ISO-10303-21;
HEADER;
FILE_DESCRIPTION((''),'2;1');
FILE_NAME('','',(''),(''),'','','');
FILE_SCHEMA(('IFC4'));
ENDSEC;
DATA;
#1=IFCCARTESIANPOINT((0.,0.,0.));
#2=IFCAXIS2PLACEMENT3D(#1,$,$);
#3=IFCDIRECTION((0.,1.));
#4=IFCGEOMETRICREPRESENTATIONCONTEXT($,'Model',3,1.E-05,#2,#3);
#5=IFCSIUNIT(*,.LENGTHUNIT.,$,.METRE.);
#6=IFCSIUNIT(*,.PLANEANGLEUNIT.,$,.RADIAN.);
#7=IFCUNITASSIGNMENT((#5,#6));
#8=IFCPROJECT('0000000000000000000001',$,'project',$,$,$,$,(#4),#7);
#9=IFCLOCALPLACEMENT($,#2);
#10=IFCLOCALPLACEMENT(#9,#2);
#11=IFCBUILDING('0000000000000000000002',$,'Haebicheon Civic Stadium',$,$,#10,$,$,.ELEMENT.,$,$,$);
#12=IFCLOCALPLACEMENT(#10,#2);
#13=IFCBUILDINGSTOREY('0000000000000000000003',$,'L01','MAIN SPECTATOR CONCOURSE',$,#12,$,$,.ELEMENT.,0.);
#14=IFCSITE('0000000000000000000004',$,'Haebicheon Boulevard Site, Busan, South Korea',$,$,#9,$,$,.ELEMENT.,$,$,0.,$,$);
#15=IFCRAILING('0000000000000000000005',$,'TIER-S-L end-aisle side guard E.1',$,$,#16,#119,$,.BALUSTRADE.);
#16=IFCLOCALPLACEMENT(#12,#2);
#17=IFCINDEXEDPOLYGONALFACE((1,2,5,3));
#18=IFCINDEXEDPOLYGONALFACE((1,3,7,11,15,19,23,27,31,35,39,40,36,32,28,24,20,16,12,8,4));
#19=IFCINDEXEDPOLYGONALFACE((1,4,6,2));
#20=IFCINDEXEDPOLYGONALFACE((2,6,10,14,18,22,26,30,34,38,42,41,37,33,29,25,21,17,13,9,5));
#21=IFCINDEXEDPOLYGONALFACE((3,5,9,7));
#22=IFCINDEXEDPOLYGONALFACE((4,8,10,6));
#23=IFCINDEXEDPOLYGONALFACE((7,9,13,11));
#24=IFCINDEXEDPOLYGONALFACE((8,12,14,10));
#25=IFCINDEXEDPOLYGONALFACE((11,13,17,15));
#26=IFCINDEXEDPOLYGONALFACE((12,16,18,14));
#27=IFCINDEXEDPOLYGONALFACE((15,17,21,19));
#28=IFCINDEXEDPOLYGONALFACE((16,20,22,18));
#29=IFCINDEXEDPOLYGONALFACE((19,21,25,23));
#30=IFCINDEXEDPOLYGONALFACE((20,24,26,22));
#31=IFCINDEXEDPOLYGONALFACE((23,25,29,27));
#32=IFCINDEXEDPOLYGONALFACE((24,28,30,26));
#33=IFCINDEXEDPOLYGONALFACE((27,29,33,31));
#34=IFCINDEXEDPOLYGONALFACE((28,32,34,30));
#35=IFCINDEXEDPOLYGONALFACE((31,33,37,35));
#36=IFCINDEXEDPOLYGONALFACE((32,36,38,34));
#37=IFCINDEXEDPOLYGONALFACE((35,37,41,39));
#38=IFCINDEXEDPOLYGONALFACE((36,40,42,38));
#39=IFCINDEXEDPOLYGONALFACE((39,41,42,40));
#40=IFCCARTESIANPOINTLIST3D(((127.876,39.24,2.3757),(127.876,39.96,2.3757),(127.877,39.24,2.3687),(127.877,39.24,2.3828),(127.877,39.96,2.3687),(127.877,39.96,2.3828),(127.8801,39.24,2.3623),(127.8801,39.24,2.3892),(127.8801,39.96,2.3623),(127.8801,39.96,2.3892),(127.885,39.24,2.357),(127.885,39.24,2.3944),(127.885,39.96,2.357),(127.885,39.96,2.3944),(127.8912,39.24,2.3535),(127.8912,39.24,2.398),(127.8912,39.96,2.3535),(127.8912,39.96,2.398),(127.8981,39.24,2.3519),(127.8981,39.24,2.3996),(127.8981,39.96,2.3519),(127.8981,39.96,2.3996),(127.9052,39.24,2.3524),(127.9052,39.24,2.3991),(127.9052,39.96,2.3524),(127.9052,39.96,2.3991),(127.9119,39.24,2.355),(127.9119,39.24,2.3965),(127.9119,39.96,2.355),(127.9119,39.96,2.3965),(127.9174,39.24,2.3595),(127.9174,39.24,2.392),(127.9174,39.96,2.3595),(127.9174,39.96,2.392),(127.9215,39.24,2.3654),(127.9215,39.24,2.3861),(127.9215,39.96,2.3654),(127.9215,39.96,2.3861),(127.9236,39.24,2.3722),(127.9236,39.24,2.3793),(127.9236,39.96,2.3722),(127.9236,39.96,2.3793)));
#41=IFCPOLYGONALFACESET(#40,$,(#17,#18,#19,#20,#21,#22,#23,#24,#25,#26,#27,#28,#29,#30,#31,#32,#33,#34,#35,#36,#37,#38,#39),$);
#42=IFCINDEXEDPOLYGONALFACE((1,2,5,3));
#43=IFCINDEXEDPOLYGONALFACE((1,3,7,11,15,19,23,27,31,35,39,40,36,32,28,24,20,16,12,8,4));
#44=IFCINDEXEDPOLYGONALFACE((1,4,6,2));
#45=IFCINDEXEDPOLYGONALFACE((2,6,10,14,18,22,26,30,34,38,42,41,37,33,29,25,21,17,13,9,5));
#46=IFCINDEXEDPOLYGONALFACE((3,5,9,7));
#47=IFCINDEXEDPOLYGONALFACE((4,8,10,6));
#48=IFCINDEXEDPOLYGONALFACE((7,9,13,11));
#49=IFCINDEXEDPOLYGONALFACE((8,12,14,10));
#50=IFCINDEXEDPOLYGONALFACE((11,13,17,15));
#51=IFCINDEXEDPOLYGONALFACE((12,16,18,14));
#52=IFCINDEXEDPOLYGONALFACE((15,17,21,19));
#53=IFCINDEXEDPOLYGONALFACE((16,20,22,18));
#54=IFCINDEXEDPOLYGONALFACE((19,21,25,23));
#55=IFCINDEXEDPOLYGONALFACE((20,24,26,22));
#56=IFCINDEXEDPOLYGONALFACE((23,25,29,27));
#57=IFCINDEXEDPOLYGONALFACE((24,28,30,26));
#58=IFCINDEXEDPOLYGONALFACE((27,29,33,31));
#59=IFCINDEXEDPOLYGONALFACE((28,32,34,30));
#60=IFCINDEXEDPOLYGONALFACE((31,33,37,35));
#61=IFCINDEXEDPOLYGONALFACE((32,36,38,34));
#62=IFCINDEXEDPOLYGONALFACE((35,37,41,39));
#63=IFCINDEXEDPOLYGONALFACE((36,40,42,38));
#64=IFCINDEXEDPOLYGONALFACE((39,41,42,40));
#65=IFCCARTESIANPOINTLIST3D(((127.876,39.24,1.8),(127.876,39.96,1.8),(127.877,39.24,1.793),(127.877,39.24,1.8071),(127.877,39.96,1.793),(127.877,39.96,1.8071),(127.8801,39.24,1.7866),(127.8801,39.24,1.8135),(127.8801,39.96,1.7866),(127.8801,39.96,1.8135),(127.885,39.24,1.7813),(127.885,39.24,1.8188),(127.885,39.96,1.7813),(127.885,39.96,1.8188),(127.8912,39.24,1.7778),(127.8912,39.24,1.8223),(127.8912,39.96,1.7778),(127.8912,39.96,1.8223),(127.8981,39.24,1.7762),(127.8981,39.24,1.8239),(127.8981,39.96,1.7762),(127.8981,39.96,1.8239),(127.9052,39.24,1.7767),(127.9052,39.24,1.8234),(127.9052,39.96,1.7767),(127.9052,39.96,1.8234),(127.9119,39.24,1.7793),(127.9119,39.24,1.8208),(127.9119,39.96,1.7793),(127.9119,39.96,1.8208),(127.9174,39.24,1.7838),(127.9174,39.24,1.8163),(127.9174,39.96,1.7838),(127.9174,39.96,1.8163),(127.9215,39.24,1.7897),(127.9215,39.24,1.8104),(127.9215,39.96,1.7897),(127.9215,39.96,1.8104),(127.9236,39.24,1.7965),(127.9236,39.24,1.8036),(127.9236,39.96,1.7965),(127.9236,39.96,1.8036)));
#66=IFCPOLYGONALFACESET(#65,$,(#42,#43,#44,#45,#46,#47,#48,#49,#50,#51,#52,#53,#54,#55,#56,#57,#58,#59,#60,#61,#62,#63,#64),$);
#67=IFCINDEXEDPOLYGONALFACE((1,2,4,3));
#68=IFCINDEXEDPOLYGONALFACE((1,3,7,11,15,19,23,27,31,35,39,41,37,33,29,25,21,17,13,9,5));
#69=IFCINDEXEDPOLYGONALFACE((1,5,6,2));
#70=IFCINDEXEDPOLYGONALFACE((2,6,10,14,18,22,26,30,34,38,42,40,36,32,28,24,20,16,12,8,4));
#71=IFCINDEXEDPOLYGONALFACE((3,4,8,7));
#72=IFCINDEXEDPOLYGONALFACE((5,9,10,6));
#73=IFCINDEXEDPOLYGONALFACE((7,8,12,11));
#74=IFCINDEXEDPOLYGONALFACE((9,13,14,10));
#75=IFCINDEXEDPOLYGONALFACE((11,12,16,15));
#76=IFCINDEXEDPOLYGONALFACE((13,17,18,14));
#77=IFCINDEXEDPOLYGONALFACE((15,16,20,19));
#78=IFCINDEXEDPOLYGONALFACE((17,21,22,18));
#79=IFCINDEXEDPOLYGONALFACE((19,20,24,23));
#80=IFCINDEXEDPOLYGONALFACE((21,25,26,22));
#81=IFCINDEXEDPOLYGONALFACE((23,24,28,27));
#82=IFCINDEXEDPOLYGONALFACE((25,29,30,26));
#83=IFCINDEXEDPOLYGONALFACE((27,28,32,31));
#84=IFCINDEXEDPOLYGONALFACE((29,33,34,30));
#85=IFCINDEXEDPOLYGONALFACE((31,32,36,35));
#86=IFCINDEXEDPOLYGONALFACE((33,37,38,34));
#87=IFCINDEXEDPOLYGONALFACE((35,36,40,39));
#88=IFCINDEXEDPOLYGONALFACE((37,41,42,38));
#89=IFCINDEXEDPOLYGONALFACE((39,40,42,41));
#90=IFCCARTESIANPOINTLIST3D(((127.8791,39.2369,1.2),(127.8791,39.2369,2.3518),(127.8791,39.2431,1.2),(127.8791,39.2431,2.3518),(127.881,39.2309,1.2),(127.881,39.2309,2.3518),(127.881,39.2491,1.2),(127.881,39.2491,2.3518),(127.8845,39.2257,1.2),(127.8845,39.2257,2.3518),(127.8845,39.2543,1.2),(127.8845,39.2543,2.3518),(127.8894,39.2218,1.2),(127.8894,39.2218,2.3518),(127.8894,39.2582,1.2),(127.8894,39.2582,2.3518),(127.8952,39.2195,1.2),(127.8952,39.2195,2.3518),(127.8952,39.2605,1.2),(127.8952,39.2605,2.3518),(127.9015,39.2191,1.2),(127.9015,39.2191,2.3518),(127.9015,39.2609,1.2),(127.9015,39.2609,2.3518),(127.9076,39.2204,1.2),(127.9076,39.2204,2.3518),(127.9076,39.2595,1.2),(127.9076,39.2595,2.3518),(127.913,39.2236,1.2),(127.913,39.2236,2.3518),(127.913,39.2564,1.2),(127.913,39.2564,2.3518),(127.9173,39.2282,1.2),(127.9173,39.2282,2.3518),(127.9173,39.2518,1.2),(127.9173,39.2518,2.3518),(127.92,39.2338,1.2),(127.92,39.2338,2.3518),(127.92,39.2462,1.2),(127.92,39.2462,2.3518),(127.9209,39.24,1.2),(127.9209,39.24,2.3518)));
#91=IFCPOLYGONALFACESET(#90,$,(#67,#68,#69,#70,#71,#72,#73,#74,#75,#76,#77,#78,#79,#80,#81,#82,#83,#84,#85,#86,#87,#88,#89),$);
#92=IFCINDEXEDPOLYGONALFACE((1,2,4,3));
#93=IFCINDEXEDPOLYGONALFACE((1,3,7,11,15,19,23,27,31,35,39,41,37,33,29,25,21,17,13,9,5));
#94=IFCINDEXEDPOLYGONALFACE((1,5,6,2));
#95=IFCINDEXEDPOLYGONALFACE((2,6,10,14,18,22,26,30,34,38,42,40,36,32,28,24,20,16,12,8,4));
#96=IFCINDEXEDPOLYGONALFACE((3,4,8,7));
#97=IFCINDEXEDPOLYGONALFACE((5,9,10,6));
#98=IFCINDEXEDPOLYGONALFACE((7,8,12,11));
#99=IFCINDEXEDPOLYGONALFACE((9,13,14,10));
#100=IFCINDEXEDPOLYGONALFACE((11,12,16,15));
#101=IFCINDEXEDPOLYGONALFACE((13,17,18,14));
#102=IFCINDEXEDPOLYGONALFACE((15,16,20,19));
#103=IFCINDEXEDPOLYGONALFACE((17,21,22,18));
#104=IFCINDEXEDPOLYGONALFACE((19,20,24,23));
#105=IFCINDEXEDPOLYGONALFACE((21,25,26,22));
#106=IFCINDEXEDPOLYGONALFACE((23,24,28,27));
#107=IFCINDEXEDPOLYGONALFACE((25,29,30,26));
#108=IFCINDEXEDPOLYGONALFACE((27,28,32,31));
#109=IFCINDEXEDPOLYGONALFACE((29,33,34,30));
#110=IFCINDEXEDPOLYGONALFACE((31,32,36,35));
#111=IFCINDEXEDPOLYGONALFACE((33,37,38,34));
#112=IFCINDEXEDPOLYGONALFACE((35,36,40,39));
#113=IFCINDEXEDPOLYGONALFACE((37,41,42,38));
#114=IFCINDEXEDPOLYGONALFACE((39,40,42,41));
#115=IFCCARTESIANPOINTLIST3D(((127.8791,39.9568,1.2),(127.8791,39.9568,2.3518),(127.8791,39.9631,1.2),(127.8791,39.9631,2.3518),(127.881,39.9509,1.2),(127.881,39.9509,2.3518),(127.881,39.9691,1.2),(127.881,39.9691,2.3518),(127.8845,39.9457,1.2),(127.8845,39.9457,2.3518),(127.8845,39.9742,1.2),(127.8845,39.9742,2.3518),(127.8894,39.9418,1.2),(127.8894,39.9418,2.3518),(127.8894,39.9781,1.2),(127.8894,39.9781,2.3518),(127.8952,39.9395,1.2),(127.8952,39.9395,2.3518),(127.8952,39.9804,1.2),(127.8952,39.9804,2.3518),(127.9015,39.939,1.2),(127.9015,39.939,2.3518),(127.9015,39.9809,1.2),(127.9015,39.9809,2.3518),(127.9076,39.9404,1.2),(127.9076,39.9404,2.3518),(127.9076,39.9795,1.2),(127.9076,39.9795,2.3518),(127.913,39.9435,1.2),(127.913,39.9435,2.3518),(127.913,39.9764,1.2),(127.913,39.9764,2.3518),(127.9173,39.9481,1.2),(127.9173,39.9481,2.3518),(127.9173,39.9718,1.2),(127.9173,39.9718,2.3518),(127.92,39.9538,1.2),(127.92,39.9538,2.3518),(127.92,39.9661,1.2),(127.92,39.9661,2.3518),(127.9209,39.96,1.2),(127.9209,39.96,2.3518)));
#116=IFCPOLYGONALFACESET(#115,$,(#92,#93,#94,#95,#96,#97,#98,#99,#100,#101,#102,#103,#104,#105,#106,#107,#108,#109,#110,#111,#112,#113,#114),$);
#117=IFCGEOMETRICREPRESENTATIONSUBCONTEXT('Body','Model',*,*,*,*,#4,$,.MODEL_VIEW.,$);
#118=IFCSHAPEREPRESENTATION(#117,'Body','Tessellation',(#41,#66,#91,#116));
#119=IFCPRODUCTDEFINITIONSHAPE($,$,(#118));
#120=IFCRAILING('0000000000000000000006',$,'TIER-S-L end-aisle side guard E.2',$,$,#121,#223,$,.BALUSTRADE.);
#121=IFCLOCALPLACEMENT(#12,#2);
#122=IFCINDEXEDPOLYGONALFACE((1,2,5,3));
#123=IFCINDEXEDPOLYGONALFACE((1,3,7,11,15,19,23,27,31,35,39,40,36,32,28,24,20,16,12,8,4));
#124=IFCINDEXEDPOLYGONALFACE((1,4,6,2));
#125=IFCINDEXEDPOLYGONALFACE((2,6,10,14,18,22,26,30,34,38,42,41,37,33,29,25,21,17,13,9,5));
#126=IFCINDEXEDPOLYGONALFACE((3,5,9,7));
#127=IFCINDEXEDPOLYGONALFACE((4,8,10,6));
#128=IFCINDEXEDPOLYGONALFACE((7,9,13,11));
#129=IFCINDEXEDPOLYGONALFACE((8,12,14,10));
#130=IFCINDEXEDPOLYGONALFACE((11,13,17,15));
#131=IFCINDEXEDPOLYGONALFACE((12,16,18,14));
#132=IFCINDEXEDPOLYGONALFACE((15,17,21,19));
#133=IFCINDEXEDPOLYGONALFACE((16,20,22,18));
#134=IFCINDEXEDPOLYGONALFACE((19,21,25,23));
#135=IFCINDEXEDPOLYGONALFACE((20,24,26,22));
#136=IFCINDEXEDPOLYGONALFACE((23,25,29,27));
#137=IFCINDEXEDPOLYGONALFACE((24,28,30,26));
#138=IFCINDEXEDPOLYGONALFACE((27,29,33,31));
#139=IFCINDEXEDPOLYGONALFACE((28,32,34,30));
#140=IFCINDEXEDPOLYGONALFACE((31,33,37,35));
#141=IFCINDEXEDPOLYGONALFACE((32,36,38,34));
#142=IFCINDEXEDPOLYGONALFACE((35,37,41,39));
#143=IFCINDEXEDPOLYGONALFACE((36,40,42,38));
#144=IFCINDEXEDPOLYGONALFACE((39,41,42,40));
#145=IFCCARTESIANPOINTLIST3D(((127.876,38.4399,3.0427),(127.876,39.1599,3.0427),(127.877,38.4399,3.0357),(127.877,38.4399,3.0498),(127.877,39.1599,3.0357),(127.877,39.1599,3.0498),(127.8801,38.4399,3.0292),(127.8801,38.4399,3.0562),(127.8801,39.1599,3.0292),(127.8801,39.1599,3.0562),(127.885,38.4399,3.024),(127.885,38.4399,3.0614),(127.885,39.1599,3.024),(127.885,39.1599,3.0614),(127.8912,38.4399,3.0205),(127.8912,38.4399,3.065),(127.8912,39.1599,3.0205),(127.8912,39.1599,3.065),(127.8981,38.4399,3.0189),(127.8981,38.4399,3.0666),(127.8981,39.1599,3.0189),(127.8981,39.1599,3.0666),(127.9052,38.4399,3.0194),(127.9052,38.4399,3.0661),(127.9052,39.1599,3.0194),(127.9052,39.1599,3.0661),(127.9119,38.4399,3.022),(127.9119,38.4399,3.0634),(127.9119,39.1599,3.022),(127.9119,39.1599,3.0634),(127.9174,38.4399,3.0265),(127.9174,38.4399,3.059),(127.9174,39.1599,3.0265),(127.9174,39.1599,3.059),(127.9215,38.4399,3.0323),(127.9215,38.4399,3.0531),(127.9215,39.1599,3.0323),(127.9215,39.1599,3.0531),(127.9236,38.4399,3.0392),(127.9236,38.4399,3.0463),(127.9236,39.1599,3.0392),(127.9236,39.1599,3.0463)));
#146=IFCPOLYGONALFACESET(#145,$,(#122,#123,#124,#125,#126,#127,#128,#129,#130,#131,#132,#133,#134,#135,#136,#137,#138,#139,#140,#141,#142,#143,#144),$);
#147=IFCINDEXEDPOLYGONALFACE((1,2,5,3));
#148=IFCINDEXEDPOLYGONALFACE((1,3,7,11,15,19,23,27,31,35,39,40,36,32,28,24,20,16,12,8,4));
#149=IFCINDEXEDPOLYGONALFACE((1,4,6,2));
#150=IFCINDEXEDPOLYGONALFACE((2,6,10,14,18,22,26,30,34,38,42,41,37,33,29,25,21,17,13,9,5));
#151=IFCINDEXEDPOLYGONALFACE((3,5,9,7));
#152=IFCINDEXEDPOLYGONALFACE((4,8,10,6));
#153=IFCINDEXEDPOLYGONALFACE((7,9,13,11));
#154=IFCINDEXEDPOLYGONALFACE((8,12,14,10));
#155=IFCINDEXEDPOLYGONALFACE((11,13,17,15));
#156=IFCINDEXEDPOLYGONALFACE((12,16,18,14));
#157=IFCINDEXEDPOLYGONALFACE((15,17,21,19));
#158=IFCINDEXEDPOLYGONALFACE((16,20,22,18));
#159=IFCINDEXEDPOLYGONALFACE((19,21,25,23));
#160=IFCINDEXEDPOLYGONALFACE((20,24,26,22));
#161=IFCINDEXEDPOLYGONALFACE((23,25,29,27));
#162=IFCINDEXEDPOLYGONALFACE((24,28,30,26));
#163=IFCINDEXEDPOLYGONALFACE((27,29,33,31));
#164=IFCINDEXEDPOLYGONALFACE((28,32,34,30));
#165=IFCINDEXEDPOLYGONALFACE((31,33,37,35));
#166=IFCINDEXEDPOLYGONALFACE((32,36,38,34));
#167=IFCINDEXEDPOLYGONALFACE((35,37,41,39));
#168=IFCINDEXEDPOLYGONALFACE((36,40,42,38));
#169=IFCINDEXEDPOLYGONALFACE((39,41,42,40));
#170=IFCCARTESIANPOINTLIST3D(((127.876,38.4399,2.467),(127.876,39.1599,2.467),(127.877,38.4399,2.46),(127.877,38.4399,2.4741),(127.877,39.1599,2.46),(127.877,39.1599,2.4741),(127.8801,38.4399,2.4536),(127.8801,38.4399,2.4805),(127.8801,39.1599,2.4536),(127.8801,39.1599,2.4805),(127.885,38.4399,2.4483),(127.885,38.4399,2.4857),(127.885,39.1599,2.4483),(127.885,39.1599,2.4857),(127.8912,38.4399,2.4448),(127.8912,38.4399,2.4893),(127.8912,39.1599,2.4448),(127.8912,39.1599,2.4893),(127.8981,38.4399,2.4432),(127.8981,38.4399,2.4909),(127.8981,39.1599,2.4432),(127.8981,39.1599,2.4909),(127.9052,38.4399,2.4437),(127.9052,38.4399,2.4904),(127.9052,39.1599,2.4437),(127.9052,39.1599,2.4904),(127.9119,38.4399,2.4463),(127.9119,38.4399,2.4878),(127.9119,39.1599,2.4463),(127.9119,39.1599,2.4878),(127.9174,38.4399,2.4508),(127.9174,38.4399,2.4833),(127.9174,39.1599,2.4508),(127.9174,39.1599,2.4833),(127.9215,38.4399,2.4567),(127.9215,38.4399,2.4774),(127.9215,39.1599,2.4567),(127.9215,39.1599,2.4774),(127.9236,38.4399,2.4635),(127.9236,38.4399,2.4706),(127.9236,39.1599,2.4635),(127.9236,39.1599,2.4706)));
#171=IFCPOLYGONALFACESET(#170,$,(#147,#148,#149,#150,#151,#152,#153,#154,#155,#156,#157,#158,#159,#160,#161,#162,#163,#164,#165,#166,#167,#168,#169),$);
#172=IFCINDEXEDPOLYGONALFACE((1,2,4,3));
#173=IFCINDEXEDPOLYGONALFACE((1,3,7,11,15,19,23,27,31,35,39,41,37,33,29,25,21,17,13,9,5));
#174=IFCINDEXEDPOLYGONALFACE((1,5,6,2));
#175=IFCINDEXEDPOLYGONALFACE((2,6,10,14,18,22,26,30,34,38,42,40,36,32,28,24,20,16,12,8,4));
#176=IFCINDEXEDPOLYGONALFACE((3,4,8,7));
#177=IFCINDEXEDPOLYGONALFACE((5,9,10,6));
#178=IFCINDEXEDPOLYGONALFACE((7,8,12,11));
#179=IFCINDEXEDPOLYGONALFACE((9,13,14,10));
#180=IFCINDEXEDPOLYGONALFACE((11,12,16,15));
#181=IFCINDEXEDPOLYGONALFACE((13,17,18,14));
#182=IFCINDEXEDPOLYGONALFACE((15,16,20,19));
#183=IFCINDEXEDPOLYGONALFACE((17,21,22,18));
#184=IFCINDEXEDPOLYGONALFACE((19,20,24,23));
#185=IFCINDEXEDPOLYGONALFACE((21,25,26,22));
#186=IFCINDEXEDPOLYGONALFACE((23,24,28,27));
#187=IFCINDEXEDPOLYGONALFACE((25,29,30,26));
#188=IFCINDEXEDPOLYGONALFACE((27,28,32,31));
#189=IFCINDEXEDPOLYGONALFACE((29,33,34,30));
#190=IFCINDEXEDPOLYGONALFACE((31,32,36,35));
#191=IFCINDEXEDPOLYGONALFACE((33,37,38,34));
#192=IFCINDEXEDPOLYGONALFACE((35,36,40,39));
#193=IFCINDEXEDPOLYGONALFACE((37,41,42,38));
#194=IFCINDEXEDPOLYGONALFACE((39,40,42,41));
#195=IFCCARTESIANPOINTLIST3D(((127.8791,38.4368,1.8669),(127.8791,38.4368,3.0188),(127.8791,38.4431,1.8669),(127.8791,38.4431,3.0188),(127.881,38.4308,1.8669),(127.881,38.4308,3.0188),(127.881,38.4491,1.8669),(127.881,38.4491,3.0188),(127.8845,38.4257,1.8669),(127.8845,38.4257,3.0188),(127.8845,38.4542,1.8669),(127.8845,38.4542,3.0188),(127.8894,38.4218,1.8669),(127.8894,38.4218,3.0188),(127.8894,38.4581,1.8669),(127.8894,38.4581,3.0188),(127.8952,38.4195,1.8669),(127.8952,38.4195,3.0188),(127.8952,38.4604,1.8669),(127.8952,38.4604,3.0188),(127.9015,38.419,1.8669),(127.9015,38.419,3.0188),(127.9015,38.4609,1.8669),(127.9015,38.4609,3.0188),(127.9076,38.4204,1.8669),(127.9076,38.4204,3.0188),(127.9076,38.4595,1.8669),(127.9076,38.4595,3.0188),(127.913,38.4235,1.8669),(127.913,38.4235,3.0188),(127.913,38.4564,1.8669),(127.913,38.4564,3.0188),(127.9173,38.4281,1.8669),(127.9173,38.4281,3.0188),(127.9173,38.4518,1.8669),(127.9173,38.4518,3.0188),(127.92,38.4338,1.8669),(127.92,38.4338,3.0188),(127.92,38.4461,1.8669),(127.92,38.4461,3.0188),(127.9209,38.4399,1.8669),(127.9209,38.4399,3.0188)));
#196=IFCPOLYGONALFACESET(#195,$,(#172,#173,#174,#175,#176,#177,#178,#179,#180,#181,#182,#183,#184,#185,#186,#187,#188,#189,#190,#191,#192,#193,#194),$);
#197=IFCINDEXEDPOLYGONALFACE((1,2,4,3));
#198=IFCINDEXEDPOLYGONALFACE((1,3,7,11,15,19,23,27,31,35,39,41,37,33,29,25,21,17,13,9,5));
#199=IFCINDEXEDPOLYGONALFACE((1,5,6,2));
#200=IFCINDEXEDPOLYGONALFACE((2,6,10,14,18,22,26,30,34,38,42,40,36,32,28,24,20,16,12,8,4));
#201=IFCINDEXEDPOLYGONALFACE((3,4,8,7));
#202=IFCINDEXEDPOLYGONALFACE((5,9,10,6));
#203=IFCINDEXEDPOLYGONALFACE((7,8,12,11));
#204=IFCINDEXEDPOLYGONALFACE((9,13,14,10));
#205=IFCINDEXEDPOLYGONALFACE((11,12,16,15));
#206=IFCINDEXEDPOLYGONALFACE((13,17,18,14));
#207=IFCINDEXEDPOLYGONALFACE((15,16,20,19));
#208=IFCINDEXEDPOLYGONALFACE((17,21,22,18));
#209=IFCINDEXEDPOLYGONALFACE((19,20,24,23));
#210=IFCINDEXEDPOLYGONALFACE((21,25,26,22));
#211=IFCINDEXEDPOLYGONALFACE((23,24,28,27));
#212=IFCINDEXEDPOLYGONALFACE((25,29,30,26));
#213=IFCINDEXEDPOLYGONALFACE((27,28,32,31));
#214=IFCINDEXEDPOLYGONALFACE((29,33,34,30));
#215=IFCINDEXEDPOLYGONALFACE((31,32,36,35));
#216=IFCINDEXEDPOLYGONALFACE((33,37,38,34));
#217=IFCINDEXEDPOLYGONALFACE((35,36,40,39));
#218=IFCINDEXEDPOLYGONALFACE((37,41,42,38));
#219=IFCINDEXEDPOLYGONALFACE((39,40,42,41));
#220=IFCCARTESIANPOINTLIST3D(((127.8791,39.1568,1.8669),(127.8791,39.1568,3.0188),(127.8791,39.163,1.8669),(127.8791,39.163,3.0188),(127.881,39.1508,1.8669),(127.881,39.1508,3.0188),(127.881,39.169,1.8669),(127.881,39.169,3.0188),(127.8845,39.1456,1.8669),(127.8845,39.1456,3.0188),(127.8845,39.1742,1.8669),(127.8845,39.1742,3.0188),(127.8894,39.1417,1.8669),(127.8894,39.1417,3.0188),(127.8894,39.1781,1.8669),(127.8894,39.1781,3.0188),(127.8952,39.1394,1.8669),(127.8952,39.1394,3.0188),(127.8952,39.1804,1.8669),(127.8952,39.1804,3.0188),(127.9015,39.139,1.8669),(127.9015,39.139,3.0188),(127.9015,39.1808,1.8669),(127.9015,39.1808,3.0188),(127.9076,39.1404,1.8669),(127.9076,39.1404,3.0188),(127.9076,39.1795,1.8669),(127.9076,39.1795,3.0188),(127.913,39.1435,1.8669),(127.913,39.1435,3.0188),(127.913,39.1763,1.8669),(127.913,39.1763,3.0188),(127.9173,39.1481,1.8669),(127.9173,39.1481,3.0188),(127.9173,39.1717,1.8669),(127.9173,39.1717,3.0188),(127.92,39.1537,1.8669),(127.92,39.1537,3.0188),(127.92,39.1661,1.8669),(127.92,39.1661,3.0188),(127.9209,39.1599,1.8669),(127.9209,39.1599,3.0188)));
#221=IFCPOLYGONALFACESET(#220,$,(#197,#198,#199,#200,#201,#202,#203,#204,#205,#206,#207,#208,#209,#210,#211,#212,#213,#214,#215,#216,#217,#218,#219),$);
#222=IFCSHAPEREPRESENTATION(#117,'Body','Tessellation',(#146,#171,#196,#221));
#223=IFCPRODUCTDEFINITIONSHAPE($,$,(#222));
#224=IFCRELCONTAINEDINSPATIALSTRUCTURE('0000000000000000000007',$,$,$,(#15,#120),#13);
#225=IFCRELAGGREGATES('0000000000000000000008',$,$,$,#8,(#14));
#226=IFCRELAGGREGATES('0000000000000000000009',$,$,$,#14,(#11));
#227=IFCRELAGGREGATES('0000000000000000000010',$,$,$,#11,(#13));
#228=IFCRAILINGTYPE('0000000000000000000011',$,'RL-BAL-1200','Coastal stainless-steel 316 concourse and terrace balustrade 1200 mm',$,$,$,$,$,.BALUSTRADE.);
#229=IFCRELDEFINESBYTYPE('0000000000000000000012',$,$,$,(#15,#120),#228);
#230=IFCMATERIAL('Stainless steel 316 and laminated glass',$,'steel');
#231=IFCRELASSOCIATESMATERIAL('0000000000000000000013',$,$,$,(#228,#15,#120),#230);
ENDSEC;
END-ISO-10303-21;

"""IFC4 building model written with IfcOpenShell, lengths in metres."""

from ifc_helpers import new_model, si_unit, direction, frame, origin, origin_2d, place, context, subcontext, project, spatial, circle, extrude, material, type_object, element, save


model = new_model("IFC4")

# Units and contexts
model_context = context("Model", 3, precision=1e-05, world=origin(), true_north=direction((0.0, 1.0)))
body_context = subcontext(model_context, "Body", "Model", "MODEL_VIEW")
ifc_project = project(units=[si_unit("LENGTHUNIT", "METRE"), si_unit("PLANEANGLEUNIT", "RADIAN")], contexts=[model_context])

# Site, building, storey
site_placement = place(None, origin())
site = spatial("IfcSite", under=ifc_project, at=site_placement, Name="Haebicheon Boulevard Site, Busan, South Korea", CompositionType="ELEMENT", RefElevation=0.0)
building_placement = place(site_placement, origin())
building = spatial("IfcBuilding", under=site, at=building_placement, Name="Haebicheon Civic Stadium", CompositionType="ELEMENT")
storey_placement = place(building_placement, origin())
storey = spatial("IfcBuildingStorey", under=building, at=storey_placement, Name="L01", Description="MAIN SPECTATOR CONCOURSE", CompositionType="ELEMENT", Elevation=0.0)

# Railings
ifc_material_1 = material(Name="Stainless steel 316 and laminated glass", Category="steel")
railing_type = type_object("IfcRailingType", Name="RL-BAL-1200", Description="Coastal stainless-steel 316 concourse and terrace balustrade 1200 mm", PredefinedType="BALUSTRADE", material=ifc_material_1)
for number, where, name in (
    (1, (127.8999, 39.24, 1.2), "TIER-S-L end-aisle side guard E.1"),
    (2, (127.8999, 38.4399, 1.8669), "TIER-S-L end-aisle side guard E.2"),
):
    element("IfcRailing", number, at=place(storey_placement, frame(where)), inside=storey, type_object=railing_type, material=ifc_material_1, Name=name, PredefinedType="BALUSTRADE", context=body_context, shape_type="SweptSolid", body=[
        extrude(circle(Radius=0.0239, at=origin_2d()), frame((0.0, 0.0, 1.1758), z_axis=(0.0, 1.0, 0.0), x_axis=(-1.0, 0.0, 0.0)), (0.0, 0.0, 1.0), 0.72),
        extrude(circle(Radius=0.0239, at=origin_2d()), frame((0.0, 0.0, 0.6001), z_axis=(0.0, 1.0, 0.0), x_axis=(-1.0, 0.0, 0.0)), (0.0, 0.0, 1.0), 0.72),
        extrude(circle(Radius=0.021, at=origin_2d()), origin(), (0.0, 0.0, 1.0), 1.1519),
        extrude(circle(Radius=0.021, at=origin_2d()), frame((0.0, 0.72, 0.0)), (0.0, 0.0, 1.0), 1.1519),
    ])

save(model, "model.ifc")
